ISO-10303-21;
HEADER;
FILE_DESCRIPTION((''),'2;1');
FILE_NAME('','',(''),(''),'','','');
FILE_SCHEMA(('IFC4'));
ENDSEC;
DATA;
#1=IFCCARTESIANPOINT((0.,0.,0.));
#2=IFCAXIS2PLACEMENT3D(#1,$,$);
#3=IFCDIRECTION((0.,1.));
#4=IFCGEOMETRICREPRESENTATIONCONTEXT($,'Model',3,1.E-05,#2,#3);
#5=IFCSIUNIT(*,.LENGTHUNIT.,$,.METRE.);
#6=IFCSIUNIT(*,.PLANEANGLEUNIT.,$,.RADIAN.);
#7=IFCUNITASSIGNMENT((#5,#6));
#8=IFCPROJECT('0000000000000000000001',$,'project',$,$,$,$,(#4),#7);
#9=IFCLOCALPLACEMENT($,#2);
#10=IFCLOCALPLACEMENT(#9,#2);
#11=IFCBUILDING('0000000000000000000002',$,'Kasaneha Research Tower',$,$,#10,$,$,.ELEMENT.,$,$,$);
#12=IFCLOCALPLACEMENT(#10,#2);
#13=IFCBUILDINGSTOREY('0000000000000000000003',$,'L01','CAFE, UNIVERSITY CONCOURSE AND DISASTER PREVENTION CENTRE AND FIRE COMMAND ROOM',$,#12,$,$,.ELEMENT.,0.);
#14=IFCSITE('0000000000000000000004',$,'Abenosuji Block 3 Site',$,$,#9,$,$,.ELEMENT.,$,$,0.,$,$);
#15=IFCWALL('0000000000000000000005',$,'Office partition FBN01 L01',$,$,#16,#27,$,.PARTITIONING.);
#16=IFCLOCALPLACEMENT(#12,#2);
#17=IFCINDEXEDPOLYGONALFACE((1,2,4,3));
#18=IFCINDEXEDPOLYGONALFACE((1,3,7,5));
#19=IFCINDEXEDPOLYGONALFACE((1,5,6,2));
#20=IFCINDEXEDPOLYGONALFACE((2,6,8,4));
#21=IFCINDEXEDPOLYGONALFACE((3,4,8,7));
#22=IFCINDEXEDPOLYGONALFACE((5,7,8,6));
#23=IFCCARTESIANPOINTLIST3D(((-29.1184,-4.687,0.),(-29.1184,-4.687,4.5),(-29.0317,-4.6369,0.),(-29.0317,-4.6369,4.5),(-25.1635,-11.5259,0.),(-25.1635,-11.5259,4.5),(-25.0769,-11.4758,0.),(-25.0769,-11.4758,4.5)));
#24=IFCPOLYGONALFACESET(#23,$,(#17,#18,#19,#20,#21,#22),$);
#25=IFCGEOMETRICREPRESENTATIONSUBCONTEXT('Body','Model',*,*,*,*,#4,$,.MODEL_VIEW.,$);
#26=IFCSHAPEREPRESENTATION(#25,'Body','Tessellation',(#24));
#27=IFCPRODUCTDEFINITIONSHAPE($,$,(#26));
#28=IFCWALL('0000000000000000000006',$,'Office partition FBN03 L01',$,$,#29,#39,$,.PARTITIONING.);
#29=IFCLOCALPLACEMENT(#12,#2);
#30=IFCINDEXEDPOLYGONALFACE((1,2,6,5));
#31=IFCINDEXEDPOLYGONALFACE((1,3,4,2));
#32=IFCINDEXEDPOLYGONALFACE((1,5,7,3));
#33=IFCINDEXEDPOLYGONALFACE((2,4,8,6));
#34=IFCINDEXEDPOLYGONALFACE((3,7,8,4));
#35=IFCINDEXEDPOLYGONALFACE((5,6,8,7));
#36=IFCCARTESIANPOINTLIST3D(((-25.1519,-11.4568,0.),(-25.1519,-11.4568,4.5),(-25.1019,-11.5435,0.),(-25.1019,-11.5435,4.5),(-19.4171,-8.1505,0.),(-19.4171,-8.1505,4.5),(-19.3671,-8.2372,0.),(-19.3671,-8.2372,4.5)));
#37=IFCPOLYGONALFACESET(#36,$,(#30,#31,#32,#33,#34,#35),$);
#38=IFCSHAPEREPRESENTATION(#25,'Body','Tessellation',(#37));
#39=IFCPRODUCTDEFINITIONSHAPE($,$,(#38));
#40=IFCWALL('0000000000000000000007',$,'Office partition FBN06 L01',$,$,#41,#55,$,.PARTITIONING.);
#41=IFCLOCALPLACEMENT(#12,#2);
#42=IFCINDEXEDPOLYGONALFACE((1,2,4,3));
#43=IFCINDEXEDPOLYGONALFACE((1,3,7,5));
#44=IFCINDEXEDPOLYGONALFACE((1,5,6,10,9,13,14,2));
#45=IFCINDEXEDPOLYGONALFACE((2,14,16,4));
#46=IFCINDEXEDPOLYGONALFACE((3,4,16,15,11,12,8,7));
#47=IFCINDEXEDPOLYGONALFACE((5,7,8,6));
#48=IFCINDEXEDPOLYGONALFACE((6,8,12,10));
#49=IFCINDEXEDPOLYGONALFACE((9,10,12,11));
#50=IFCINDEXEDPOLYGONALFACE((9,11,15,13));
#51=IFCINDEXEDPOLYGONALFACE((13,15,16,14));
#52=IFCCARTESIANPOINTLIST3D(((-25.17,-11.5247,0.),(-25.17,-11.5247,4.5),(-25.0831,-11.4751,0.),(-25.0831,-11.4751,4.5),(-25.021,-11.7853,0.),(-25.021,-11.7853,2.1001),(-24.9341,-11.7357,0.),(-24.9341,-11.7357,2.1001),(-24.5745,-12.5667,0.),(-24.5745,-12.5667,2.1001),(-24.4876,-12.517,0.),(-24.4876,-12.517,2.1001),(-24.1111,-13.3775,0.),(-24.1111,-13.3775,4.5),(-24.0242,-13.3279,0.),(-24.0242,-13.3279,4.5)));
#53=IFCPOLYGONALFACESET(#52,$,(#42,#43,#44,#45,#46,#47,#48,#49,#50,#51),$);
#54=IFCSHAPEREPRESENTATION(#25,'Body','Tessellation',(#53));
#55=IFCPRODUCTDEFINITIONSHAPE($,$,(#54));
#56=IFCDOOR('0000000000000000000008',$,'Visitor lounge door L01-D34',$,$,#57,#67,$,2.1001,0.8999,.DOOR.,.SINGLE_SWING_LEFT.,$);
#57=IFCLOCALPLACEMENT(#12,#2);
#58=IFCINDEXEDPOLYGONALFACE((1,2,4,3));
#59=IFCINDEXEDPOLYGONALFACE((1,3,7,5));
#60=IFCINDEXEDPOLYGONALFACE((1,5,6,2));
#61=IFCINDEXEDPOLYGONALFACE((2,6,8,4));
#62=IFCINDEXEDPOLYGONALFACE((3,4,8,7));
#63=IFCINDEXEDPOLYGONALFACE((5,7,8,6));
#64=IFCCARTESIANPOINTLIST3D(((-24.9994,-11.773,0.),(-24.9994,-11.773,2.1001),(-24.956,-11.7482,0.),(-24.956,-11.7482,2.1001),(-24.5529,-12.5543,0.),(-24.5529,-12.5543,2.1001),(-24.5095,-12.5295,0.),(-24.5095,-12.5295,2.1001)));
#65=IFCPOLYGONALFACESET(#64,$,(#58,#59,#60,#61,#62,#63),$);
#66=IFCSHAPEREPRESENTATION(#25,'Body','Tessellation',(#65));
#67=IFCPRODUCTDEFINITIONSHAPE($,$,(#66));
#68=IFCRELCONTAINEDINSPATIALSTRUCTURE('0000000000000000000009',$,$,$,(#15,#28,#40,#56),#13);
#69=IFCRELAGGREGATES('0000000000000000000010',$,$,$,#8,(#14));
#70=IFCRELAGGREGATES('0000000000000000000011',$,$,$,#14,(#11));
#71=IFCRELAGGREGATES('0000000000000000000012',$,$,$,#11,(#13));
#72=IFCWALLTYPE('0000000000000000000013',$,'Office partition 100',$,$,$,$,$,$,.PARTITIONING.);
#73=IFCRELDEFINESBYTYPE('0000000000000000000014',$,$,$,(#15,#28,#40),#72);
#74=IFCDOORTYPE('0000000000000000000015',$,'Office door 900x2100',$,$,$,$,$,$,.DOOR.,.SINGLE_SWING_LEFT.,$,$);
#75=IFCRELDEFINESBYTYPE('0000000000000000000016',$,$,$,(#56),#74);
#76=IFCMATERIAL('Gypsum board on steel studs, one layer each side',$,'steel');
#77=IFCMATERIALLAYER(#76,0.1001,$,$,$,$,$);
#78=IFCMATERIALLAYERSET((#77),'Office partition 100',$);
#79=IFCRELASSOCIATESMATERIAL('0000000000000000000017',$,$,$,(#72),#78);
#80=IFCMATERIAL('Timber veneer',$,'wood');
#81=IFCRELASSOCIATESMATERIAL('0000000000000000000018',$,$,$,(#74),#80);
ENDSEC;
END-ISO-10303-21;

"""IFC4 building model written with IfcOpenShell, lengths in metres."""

from ifc_helpers import new_model, si_unit, direction, frame, frame_2d, origin, place, context, subcontext, project, spatial, rectangle, extrude, material, layer, layer_set, type_object, element, fill, save


model = new_model("IFC4")

# Units and contexts
model_context = context("Model", 3, precision=1e-05, world=origin(), true_north=direction((0.0, 1.0)))
body_context = subcontext(model_context, "Body", "Model", "MODEL_VIEW")
ifc_project = project(units=[si_unit("LENGTHUNIT", "METRE"), si_unit("PLANEANGLEUNIT", "RADIAN")], contexts=[model_context])

# Site, building, storey
site_placement = place(None, origin())
site = spatial("IfcSite", under=ifc_project, at=site_placement, Name="Abenosuji Block 3 Site", CompositionType="ELEMENT", RefElevation=0.0)
building_placement = place(site_placement, origin())
building = spatial("IfcBuilding", under=site, at=building_placement, Name="Kasaneha Research Tower", CompositionType="ELEMENT")
storey_placement = place(building_placement, origin())
storey = spatial("IfcBuildingStorey", under=building, at=storey_placement, Name="L01", Description="CAFE, UNIVERSITY CONCOURSE AND DISASTER PREVENTION CENTRE AND FIRE COMMAND ROOM", CompositionType="ELEMENT", Elevation=0.0)

# Walls
ifc_material_1 = material(Name="Gypsum board on steel studs, one layer each side", Category="steel")
ifc_layer_1 = layer(ifc_material_1, 0.1001)
ifc_layer_set_1 = layer_set([ifc_layer_1], Name="Office partition 100")
wall_type_1 = type_object("IfcWallType", Name="Office partition 100", PredefinedType="PARTITIONING", material=ifc_layer_set_1)
wall_1_placement = place(storey_placement, frame((-25.1201, -11.501, 0.0), z_axis=(0.0, 0.0, 1.0), x_axis=(-0.500609, 0.865674, 0.0)))
element("IfcWall", 1, at=wall_1_placement, inside=storey, type_object=wall_type_1, Name="Office partition FBN01 L01", PredefinedType="PARTITIONING", context=body_context, shape_type="SweptSolid", body=[
    extrude(rectangle(XDim=7.9001, YDim=0.1001, at=frame_2d((3.9502, 0.0))), origin(), (0.0, 0.0, 1.0), 4.5),
])
wall_2_placement = place(storey_placement, frame((-19.3921, -8.1938, 0.0), z_axis=(0.0, 0.0, 1.0), x_axis=(-0.866328, -0.499476, 0.0)))
element("IfcWall", 2, at=wall_2_placement, inside=storey, type_object=wall_type_1, Name="Office partition FBN03 L01", PredefinedType="PARTITIONING", context=body_context, shape_type="SweptSolid", body=[
    extrude(rectangle(XDim=6.6196, YDim=0.1001, at=frame_2d((3.3098, 0.0))), origin(), (0.0, 0.0, 1.0), 4.5),
])

# Wall, opening, door
wall_3_placement = place(storey_placement, frame((-25.1265, -11.5, 0.0), z_axis=(0.0, 0.0, 1.0), x_axis=(0.496176, -0.868222, 0.0)))
wall_3 = element("IfcWall", 3, at=wall_3_placement, inside=storey, type_object=wall_type_1, Name="Office partition FBN06 L01", PredefinedType="PARTITIONING", context=body_context, shape_type="SweptSolid", body=[
    extrude(rectangle(XDim=2.134, YDim=0.1001, at=frame_2d((1.0669, 0.0))), origin(), (0.0, 0.0, 1.0), 4.5),
])
opening_1_placement = place(wall_3_placement, frame((0.3, 0.0, 0.0)))
opening_1 = element("IfcOpeningElement", 4, at=opening_1_placement, cuts=wall_3, PredefinedType="OPENING", context=body_context, shape_type="SweptSolid", body=[
    extrude(rectangle(XDim=0.8999, YDim=2.1001, at=frame_2d((0.45, 1.05))), frame((0.0, 0.0601, 0.0), z_axis=(0.0, -1.0, 0.0), x_axis=(1.0, 0.0, 0.0)), (0.0, 0.0, 1.0), 0.1201),
])
ifc_material_2 = material(Name="Timber veneer", Category="wood")
door_type_1 = type_object("IfcDoorType", Name="Office door 900x2100", OperationType="SINGLE_SWING_LEFT", PredefinedType="DOOR", material=ifc_material_2)
door_1_placement = place(opening_1_placement, origin())
door_1 = element("IfcDoor", 5, at=door_1_placement, inside=storey, type_object=door_type_1, Name="Visitor lounge door L01-D34", OperationType="SINGLE_SWING_LEFT", OverallHeight=2.1001, OverallWidth=0.8999, PredefinedType="DOOR", context=body_context, shape_type="SweptSolid", body=[
    extrude(rectangle(XDim=0.8999, YDim=2.1001, at=frame_2d((0.45, 1.05))), frame((0.0, 0.0249, 0.0), z_axis=(0.0, -1.0, 0.0), x_axis=(1.0, 0.0, 0.0)), (0.0, 0.0, 1.0), 0.05),
])
fill(opening_1, door_1)

save(model, "model.ifc")
